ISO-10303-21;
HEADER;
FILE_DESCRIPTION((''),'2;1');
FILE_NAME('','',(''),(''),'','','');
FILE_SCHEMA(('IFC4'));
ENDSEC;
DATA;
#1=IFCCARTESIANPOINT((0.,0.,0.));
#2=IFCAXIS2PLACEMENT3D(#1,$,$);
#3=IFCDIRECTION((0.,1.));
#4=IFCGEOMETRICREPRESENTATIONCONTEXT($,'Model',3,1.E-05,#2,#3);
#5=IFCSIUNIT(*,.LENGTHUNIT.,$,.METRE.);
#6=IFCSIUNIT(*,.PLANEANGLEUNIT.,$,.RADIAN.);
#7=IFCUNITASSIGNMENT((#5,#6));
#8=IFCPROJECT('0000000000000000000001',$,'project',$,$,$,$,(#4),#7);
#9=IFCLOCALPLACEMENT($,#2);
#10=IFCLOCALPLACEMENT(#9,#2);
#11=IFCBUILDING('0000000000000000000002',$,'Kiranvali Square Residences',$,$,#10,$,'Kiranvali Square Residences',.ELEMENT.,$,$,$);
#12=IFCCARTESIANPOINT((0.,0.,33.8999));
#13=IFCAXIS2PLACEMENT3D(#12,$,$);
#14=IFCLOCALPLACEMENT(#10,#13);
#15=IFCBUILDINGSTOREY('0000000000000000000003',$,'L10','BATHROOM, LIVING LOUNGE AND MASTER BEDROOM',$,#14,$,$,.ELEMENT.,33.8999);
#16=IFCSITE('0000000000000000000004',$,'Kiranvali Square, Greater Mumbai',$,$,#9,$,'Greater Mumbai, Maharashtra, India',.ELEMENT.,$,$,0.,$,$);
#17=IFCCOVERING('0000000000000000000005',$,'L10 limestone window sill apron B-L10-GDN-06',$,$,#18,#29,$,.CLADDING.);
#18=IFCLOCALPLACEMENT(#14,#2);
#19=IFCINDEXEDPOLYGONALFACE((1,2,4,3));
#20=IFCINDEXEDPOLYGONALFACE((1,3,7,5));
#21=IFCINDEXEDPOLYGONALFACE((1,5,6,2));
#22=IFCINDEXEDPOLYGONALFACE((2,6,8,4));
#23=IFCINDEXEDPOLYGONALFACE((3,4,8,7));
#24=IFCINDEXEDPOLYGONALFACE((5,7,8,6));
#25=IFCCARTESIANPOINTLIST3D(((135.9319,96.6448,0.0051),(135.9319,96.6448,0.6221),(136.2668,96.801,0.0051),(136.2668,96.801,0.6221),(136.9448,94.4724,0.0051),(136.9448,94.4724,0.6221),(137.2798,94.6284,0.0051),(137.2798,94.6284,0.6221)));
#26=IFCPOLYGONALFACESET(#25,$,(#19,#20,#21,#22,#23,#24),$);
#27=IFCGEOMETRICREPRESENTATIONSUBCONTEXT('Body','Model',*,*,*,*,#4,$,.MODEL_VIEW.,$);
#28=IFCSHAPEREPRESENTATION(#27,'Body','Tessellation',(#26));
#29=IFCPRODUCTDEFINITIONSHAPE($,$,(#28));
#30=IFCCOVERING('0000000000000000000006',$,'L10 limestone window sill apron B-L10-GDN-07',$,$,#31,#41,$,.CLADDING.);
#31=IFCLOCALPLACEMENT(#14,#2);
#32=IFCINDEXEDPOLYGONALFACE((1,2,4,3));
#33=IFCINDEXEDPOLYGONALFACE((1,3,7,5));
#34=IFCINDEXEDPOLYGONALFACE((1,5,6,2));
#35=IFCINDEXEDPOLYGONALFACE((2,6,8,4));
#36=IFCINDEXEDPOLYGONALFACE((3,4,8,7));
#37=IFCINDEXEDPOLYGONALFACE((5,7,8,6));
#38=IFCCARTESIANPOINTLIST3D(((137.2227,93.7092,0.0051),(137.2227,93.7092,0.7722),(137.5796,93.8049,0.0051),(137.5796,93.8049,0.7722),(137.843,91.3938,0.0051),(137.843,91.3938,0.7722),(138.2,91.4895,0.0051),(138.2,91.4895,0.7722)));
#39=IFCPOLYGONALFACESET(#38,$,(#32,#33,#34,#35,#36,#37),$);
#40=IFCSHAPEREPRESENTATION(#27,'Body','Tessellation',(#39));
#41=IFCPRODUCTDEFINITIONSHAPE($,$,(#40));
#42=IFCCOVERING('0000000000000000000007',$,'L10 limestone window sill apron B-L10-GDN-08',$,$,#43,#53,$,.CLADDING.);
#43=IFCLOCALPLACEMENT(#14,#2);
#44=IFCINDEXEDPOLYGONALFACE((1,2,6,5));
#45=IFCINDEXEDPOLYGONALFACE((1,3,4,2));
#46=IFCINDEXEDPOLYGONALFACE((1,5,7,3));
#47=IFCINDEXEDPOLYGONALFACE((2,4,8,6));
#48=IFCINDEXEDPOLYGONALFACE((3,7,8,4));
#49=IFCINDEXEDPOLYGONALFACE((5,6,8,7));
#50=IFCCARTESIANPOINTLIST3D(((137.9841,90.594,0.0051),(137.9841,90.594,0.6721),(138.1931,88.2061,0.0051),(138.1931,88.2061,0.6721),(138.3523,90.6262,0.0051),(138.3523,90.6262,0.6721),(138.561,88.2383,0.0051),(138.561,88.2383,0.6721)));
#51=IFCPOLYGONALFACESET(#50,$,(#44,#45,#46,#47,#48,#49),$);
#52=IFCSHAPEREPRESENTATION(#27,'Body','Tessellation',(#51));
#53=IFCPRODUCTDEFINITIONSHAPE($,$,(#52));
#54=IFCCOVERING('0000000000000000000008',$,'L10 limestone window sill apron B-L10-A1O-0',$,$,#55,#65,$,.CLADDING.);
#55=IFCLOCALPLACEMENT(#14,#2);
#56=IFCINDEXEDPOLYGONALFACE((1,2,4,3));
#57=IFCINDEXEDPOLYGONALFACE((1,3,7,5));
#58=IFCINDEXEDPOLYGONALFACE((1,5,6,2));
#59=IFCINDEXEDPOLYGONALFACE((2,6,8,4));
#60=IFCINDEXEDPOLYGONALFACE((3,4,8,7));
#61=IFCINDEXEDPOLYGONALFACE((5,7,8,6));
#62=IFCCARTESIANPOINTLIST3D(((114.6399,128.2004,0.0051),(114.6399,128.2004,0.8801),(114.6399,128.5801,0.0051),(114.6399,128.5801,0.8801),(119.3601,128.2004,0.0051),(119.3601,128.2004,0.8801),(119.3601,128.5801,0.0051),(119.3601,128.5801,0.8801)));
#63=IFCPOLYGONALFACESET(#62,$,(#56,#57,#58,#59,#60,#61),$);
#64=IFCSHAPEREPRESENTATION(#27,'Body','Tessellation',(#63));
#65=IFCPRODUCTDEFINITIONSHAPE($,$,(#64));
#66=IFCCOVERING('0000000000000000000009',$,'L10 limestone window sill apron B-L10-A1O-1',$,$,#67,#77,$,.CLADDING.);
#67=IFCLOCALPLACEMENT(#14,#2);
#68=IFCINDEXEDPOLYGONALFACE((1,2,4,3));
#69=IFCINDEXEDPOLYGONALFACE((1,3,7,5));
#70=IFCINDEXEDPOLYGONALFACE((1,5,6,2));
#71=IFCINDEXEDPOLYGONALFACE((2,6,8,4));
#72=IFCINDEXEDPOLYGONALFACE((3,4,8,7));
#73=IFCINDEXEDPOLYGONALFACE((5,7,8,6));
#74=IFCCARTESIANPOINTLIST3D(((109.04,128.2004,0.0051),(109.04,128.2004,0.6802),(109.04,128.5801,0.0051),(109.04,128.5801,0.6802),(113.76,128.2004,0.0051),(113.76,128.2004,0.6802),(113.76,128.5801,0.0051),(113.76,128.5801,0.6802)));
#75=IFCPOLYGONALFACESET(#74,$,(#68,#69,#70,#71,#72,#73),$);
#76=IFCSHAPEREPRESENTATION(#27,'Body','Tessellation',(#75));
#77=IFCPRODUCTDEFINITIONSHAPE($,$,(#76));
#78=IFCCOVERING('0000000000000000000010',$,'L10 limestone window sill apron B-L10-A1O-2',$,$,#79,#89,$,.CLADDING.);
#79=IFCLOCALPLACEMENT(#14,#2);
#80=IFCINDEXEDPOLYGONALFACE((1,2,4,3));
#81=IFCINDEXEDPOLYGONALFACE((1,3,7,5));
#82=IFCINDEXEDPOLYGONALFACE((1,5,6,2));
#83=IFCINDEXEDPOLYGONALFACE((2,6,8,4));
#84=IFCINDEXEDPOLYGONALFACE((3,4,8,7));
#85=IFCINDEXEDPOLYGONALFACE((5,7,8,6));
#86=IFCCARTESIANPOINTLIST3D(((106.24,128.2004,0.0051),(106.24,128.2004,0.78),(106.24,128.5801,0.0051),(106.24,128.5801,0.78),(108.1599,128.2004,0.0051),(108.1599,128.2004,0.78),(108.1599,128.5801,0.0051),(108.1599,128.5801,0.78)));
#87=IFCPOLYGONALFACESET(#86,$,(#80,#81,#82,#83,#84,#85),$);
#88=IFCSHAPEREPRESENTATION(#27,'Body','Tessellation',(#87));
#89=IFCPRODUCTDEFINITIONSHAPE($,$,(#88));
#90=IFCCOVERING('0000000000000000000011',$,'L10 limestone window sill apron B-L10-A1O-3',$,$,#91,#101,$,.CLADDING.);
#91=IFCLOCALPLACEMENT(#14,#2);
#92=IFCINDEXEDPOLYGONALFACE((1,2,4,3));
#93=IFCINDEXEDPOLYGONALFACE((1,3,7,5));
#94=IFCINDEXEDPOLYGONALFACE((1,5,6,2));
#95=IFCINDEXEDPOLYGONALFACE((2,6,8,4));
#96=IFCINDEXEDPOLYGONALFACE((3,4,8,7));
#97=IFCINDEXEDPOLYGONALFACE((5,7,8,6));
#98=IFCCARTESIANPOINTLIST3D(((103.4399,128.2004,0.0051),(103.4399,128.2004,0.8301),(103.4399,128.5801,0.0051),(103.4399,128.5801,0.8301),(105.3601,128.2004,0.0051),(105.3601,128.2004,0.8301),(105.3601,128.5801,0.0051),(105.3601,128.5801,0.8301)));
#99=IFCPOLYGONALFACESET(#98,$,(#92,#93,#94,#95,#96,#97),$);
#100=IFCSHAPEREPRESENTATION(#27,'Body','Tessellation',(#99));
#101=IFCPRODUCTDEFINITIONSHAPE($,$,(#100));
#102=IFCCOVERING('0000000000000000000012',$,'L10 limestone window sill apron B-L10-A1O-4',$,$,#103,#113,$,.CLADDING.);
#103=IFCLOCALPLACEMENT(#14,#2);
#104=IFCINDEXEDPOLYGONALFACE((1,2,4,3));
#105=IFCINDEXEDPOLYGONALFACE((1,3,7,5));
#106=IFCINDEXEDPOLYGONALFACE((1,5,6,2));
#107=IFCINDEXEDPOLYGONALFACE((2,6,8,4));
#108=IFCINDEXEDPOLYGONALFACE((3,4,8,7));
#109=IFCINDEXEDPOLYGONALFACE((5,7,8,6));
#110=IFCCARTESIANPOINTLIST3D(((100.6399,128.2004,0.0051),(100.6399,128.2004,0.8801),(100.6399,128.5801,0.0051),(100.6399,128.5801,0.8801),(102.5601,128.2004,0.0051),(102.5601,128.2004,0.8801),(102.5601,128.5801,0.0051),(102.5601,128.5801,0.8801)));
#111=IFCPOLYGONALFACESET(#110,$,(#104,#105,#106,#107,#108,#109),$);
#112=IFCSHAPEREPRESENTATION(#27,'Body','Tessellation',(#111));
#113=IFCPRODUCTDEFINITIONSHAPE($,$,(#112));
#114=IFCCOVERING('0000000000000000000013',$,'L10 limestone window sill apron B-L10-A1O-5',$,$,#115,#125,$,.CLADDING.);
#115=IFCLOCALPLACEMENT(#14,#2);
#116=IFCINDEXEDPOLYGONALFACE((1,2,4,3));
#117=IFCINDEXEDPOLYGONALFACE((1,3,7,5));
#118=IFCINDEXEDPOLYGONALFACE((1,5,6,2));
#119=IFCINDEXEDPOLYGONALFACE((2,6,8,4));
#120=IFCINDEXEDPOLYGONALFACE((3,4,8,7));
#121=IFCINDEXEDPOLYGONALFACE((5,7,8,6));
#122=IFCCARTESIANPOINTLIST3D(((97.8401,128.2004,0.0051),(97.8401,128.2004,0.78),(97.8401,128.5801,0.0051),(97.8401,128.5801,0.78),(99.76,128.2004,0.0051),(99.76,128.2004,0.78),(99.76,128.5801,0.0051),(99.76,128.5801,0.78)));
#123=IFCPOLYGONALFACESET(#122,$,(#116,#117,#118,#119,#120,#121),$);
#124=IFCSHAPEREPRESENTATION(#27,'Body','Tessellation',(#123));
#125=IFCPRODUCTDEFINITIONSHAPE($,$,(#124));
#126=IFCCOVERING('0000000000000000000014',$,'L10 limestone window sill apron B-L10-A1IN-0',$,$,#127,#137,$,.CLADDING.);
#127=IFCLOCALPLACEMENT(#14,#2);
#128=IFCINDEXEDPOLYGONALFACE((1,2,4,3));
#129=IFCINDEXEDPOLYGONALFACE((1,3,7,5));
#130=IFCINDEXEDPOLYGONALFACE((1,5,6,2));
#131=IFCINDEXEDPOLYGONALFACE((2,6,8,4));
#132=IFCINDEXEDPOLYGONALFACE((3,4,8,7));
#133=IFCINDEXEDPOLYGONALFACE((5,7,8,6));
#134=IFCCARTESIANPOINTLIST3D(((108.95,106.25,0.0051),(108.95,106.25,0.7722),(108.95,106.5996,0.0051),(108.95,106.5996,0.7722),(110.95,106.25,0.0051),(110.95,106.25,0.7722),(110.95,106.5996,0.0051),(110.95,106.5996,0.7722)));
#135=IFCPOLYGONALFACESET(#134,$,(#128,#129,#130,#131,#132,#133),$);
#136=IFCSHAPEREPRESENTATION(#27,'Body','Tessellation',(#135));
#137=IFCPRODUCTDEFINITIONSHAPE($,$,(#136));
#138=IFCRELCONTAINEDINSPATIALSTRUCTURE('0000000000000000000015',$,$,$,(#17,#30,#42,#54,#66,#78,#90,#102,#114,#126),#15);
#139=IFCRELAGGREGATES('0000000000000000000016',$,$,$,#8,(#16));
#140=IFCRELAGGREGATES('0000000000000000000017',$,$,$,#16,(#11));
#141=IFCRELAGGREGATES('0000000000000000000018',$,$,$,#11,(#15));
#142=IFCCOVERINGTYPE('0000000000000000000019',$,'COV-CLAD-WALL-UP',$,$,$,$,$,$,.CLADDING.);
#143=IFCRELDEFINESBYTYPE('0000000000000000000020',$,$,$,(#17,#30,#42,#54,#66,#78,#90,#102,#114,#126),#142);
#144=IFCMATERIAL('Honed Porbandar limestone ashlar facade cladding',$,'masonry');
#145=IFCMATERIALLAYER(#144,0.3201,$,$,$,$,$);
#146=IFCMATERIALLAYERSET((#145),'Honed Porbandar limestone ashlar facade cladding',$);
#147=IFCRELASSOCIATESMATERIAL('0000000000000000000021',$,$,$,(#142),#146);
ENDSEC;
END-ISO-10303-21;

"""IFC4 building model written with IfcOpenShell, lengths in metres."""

from ifc_helpers import new_model, si_unit, direction, frame, origin, place, context, subcontext, project, spatial, polyline, outline, extrude, material, layer, layer_set, type_object, element, save


model = new_model("IFC4")

# Units and contexts
model_context = context("Model", 3, precision=1e-05, world=origin(), true_north=direction((0.0, 1.0)))
body_context = subcontext(model_context, "Body", "Model", "MODEL_VIEW")
ifc_project = project(units=[si_unit("LENGTHUNIT", "METRE"), si_unit("PLANEANGLEUNIT", "RADIAN")], contexts=[model_context])

# Site, building, storey
site_placement = place(None, origin())
site = spatial("IfcSite", under=ifc_project, at=site_placement, Name="Kiranvali Square, Greater Mumbai", LongName="Greater Mumbai, Maharashtra, India", CompositionType="ELEMENT", RefElevation=0.0)
building_placement = place(site_placement, origin())
building = spatial("IfcBuilding", under=site, at=building_placement, Name="Kiranvali Square Residences", LongName="Kiranvali Square Residences", CompositionType="ELEMENT")
storey_placement = place(building_placement, frame((0.0, 0.0, 33.8999)))
storey = spatial("IfcBuildingStorey", under=building, at=storey_placement, Name="L10", Description="BATHROOM, LIVING LOUNGE AND MASTER BEDROOM", CompositionType="ELEMENT", Elevation=33.8999)

# Coverings
ifc_material = material(Name="Honed Porbandar limestone ashlar facade cladding", Category="masonry")
ifc_layer_1 = layer(ifc_material, 0.3201)
ifc_layer_set_1 = layer_set([ifc_layer_1], Name="Honed Porbandar limestone ashlar facade cladding")
covering_type_1 = type_object("IfcCoveringType", Name="COV-CLAD-WALL-UP", PredefinedType="CLADDING", material=ifc_layer_set_1)
covering_1_placement = place(storey_placement, frame((0.0, 0.0, 0.0051)))
element("IfcCovering", 1, at=covering_1_placement, inside=storey, type_object=covering_type_1, Name="L10 limestone window sill apron B-L10-GDN-06", PredefinedType="CLADDING", context=body_context, shape_type="SweptSolid", body=[
    extrude(outline(polyline([(135.9319, 96.6448), (136.9448, 94.4724), (137.2798, 94.6284), (136.2668, 96.801), (135.9319, 96.6448)])), origin(), (0.0, 0.0, 1.0), 0.6169),
])
covering_2_placement = place(storey_placement, frame((0.0, 0.0, 0.0051)))
element("IfcCovering", 2, at=covering_2_placement, inside=storey, type_object=covering_type_1, Name="L10 limestone window sill apron B-L10-GDN-07", PredefinedType="CLADDING", context=body_context, shape_type="SweptSolid", body=[
    extrude(outline(polyline([(137.2227, 93.7092), (137.843, 91.3938), (138.2, 91.4895), (137.5796, 93.8049), (137.2227, 93.7092)])), origin(), (0.0, 0.0, 1.0), 0.7671),
])
covering_3_placement = place(storey_placement, frame((0.0, 0.0, 0.0051)))
element("IfcCovering", 3, at=covering_3_placement, inside=storey, type_object=covering_type_1, Name="L10 limestone window sill apron B-L10-GDN-08", PredefinedType="CLADDING", context=body_context, shape_type="SweptSolid", body=[
    extrude(outline(polyline([(137.9841, 90.594), (138.1931, 88.2061), (138.561, 88.2383), (138.3523, 90.6262), (137.9841, 90.594)])), origin(), (0.0, 0.0, 1.0), 0.667),
])
covering_4_placement = place(storey_placement, frame((0.0, 0.0, 0.0051)))
element("IfcCovering", 4, at=covering_4_placement, inside=storey, type_object=covering_type_1, Name="L10 limestone window sill apron B-L10-A1O-0", PredefinedType="CLADDING", context=body_context, shape_type="SweptSolid", body=[
    extrude(outline(polyline([(119.3601, 128.5801), (114.6399, 128.5801), (114.6399, 128.2004), (119.3601, 128.2004), (119.3601, 128.5801)])), origin(), (0.0, 0.0, 1.0), 0.875),
])
covering_5_placement = place(storey_placement, frame((0.0, 0.0, 0.0051)))
element("IfcCovering", 5, at=covering_5_placement, inside=storey, type_object=covering_type_1, Name="L10 limestone window sill apron B-L10-A1O-1", PredefinedType="CLADDING", context=body_context, shape_type="SweptSolid", body=[
    extrude(outline(polyline([(113.76, 128.5801), (109.04, 128.5801), (109.04, 128.2004), (113.76, 128.2004), (113.76, 128.5801)])), origin(), (0.0, 0.0, 1.0), 0.675),
])
covering_6_placement = place(storey_placement, frame((0.0, 0.0, 0.0051)))
element("IfcCovering", 6, at=covering_6_placement, inside=storey, type_object=covering_type_1, Name="L10 limestone window sill apron B-L10-A1O-2", PredefinedType="CLADDING", context=body_context, shape_type="SweptSolid", body=[
    extrude(outline(polyline([(108.1599, 128.5801), (106.24, 128.5801), (106.24, 128.2004), (108.1599, 128.2004), (108.1599, 128.5801)])), origin(), (0.0, 0.0, 1.0), 0.7749),
])
covering_7_placement = place(storey_placement, frame((0.0, 0.0, 0.0051)))
element("IfcCovering", 7, at=covering_7_placement, inside=storey, type_object=covering_type_1, Name="L10 limestone window sill apron B-L10-A1O-3", PredefinedType="CLADDING", context=body_context, shape_type="SweptSolid", body=[
    extrude(outline(polyline([(105.3601, 128.5801), (103.4399, 128.5801), (103.4399, 128.2004), (105.3601, 128.2004), (105.3601, 128.5801)])), origin(), (0.0, 0.0, 1.0), 0.825),
])
covering_8_placement = place(storey_placement, frame((0.0, 0.0, 0.0051)))
element("IfcCovering", 8, at=covering_8_placement, inside=storey, type_object=covering_type_1, Name="L10 limestone window sill apron B-L10-A1O-4", PredefinedType="CLADDING", context=body_context, shape_type="SweptSolid", body=[
    extrude(outline(polyline([(102.5601, 128.5801), (100.6399, 128.5801), (100.6399, 128.2004), (102.5601, 128.2004), (102.5601, 128.5801)])), origin(), (0.0, 0.0, 1.0), 0.875),
])
covering_9_placement = place(storey_placement, frame((0.0, 0.0, 0.0051)))
element("IfcCovering", 9, at=covering_9_placement, inside=storey, type_object=covering_type_1, Name="L10 limestone window sill apron B-L10-A1O-5", PredefinedType="CLADDING", context=body_context, shape_type="SweptSolid", body=[
    extrude(outline(polyline([(99.76, 128.5801), (97.8401, 128.5801), (97.8401, 128.2004), (99.76, 128.2004), (99.76, 128.5801)])), origin(), (0.0, 0.0, 1.0), 0.7749),
])
covering_10_placement = place(storey_placement, frame((0.0, 0.0, 0.0051)))
element("IfcCovering", 10, at=covering_10_placement, inside=storey, type_object=covering_type_1, Name="L10 limestone window sill apron B-L10-A1IN-0", PredefinedType="CLADDING", context=body_context, shape_type="SweptSolid", body=[
    extrude(outline(polyline([(110.95, 106.5996), (108.95, 106.5996), (108.95, 106.25), (110.95, 106.25), (110.95, 106.5996)])), origin(), (0.0, 0.0, 1.0), 0.7671),
])

save(model, "model.ifc")
